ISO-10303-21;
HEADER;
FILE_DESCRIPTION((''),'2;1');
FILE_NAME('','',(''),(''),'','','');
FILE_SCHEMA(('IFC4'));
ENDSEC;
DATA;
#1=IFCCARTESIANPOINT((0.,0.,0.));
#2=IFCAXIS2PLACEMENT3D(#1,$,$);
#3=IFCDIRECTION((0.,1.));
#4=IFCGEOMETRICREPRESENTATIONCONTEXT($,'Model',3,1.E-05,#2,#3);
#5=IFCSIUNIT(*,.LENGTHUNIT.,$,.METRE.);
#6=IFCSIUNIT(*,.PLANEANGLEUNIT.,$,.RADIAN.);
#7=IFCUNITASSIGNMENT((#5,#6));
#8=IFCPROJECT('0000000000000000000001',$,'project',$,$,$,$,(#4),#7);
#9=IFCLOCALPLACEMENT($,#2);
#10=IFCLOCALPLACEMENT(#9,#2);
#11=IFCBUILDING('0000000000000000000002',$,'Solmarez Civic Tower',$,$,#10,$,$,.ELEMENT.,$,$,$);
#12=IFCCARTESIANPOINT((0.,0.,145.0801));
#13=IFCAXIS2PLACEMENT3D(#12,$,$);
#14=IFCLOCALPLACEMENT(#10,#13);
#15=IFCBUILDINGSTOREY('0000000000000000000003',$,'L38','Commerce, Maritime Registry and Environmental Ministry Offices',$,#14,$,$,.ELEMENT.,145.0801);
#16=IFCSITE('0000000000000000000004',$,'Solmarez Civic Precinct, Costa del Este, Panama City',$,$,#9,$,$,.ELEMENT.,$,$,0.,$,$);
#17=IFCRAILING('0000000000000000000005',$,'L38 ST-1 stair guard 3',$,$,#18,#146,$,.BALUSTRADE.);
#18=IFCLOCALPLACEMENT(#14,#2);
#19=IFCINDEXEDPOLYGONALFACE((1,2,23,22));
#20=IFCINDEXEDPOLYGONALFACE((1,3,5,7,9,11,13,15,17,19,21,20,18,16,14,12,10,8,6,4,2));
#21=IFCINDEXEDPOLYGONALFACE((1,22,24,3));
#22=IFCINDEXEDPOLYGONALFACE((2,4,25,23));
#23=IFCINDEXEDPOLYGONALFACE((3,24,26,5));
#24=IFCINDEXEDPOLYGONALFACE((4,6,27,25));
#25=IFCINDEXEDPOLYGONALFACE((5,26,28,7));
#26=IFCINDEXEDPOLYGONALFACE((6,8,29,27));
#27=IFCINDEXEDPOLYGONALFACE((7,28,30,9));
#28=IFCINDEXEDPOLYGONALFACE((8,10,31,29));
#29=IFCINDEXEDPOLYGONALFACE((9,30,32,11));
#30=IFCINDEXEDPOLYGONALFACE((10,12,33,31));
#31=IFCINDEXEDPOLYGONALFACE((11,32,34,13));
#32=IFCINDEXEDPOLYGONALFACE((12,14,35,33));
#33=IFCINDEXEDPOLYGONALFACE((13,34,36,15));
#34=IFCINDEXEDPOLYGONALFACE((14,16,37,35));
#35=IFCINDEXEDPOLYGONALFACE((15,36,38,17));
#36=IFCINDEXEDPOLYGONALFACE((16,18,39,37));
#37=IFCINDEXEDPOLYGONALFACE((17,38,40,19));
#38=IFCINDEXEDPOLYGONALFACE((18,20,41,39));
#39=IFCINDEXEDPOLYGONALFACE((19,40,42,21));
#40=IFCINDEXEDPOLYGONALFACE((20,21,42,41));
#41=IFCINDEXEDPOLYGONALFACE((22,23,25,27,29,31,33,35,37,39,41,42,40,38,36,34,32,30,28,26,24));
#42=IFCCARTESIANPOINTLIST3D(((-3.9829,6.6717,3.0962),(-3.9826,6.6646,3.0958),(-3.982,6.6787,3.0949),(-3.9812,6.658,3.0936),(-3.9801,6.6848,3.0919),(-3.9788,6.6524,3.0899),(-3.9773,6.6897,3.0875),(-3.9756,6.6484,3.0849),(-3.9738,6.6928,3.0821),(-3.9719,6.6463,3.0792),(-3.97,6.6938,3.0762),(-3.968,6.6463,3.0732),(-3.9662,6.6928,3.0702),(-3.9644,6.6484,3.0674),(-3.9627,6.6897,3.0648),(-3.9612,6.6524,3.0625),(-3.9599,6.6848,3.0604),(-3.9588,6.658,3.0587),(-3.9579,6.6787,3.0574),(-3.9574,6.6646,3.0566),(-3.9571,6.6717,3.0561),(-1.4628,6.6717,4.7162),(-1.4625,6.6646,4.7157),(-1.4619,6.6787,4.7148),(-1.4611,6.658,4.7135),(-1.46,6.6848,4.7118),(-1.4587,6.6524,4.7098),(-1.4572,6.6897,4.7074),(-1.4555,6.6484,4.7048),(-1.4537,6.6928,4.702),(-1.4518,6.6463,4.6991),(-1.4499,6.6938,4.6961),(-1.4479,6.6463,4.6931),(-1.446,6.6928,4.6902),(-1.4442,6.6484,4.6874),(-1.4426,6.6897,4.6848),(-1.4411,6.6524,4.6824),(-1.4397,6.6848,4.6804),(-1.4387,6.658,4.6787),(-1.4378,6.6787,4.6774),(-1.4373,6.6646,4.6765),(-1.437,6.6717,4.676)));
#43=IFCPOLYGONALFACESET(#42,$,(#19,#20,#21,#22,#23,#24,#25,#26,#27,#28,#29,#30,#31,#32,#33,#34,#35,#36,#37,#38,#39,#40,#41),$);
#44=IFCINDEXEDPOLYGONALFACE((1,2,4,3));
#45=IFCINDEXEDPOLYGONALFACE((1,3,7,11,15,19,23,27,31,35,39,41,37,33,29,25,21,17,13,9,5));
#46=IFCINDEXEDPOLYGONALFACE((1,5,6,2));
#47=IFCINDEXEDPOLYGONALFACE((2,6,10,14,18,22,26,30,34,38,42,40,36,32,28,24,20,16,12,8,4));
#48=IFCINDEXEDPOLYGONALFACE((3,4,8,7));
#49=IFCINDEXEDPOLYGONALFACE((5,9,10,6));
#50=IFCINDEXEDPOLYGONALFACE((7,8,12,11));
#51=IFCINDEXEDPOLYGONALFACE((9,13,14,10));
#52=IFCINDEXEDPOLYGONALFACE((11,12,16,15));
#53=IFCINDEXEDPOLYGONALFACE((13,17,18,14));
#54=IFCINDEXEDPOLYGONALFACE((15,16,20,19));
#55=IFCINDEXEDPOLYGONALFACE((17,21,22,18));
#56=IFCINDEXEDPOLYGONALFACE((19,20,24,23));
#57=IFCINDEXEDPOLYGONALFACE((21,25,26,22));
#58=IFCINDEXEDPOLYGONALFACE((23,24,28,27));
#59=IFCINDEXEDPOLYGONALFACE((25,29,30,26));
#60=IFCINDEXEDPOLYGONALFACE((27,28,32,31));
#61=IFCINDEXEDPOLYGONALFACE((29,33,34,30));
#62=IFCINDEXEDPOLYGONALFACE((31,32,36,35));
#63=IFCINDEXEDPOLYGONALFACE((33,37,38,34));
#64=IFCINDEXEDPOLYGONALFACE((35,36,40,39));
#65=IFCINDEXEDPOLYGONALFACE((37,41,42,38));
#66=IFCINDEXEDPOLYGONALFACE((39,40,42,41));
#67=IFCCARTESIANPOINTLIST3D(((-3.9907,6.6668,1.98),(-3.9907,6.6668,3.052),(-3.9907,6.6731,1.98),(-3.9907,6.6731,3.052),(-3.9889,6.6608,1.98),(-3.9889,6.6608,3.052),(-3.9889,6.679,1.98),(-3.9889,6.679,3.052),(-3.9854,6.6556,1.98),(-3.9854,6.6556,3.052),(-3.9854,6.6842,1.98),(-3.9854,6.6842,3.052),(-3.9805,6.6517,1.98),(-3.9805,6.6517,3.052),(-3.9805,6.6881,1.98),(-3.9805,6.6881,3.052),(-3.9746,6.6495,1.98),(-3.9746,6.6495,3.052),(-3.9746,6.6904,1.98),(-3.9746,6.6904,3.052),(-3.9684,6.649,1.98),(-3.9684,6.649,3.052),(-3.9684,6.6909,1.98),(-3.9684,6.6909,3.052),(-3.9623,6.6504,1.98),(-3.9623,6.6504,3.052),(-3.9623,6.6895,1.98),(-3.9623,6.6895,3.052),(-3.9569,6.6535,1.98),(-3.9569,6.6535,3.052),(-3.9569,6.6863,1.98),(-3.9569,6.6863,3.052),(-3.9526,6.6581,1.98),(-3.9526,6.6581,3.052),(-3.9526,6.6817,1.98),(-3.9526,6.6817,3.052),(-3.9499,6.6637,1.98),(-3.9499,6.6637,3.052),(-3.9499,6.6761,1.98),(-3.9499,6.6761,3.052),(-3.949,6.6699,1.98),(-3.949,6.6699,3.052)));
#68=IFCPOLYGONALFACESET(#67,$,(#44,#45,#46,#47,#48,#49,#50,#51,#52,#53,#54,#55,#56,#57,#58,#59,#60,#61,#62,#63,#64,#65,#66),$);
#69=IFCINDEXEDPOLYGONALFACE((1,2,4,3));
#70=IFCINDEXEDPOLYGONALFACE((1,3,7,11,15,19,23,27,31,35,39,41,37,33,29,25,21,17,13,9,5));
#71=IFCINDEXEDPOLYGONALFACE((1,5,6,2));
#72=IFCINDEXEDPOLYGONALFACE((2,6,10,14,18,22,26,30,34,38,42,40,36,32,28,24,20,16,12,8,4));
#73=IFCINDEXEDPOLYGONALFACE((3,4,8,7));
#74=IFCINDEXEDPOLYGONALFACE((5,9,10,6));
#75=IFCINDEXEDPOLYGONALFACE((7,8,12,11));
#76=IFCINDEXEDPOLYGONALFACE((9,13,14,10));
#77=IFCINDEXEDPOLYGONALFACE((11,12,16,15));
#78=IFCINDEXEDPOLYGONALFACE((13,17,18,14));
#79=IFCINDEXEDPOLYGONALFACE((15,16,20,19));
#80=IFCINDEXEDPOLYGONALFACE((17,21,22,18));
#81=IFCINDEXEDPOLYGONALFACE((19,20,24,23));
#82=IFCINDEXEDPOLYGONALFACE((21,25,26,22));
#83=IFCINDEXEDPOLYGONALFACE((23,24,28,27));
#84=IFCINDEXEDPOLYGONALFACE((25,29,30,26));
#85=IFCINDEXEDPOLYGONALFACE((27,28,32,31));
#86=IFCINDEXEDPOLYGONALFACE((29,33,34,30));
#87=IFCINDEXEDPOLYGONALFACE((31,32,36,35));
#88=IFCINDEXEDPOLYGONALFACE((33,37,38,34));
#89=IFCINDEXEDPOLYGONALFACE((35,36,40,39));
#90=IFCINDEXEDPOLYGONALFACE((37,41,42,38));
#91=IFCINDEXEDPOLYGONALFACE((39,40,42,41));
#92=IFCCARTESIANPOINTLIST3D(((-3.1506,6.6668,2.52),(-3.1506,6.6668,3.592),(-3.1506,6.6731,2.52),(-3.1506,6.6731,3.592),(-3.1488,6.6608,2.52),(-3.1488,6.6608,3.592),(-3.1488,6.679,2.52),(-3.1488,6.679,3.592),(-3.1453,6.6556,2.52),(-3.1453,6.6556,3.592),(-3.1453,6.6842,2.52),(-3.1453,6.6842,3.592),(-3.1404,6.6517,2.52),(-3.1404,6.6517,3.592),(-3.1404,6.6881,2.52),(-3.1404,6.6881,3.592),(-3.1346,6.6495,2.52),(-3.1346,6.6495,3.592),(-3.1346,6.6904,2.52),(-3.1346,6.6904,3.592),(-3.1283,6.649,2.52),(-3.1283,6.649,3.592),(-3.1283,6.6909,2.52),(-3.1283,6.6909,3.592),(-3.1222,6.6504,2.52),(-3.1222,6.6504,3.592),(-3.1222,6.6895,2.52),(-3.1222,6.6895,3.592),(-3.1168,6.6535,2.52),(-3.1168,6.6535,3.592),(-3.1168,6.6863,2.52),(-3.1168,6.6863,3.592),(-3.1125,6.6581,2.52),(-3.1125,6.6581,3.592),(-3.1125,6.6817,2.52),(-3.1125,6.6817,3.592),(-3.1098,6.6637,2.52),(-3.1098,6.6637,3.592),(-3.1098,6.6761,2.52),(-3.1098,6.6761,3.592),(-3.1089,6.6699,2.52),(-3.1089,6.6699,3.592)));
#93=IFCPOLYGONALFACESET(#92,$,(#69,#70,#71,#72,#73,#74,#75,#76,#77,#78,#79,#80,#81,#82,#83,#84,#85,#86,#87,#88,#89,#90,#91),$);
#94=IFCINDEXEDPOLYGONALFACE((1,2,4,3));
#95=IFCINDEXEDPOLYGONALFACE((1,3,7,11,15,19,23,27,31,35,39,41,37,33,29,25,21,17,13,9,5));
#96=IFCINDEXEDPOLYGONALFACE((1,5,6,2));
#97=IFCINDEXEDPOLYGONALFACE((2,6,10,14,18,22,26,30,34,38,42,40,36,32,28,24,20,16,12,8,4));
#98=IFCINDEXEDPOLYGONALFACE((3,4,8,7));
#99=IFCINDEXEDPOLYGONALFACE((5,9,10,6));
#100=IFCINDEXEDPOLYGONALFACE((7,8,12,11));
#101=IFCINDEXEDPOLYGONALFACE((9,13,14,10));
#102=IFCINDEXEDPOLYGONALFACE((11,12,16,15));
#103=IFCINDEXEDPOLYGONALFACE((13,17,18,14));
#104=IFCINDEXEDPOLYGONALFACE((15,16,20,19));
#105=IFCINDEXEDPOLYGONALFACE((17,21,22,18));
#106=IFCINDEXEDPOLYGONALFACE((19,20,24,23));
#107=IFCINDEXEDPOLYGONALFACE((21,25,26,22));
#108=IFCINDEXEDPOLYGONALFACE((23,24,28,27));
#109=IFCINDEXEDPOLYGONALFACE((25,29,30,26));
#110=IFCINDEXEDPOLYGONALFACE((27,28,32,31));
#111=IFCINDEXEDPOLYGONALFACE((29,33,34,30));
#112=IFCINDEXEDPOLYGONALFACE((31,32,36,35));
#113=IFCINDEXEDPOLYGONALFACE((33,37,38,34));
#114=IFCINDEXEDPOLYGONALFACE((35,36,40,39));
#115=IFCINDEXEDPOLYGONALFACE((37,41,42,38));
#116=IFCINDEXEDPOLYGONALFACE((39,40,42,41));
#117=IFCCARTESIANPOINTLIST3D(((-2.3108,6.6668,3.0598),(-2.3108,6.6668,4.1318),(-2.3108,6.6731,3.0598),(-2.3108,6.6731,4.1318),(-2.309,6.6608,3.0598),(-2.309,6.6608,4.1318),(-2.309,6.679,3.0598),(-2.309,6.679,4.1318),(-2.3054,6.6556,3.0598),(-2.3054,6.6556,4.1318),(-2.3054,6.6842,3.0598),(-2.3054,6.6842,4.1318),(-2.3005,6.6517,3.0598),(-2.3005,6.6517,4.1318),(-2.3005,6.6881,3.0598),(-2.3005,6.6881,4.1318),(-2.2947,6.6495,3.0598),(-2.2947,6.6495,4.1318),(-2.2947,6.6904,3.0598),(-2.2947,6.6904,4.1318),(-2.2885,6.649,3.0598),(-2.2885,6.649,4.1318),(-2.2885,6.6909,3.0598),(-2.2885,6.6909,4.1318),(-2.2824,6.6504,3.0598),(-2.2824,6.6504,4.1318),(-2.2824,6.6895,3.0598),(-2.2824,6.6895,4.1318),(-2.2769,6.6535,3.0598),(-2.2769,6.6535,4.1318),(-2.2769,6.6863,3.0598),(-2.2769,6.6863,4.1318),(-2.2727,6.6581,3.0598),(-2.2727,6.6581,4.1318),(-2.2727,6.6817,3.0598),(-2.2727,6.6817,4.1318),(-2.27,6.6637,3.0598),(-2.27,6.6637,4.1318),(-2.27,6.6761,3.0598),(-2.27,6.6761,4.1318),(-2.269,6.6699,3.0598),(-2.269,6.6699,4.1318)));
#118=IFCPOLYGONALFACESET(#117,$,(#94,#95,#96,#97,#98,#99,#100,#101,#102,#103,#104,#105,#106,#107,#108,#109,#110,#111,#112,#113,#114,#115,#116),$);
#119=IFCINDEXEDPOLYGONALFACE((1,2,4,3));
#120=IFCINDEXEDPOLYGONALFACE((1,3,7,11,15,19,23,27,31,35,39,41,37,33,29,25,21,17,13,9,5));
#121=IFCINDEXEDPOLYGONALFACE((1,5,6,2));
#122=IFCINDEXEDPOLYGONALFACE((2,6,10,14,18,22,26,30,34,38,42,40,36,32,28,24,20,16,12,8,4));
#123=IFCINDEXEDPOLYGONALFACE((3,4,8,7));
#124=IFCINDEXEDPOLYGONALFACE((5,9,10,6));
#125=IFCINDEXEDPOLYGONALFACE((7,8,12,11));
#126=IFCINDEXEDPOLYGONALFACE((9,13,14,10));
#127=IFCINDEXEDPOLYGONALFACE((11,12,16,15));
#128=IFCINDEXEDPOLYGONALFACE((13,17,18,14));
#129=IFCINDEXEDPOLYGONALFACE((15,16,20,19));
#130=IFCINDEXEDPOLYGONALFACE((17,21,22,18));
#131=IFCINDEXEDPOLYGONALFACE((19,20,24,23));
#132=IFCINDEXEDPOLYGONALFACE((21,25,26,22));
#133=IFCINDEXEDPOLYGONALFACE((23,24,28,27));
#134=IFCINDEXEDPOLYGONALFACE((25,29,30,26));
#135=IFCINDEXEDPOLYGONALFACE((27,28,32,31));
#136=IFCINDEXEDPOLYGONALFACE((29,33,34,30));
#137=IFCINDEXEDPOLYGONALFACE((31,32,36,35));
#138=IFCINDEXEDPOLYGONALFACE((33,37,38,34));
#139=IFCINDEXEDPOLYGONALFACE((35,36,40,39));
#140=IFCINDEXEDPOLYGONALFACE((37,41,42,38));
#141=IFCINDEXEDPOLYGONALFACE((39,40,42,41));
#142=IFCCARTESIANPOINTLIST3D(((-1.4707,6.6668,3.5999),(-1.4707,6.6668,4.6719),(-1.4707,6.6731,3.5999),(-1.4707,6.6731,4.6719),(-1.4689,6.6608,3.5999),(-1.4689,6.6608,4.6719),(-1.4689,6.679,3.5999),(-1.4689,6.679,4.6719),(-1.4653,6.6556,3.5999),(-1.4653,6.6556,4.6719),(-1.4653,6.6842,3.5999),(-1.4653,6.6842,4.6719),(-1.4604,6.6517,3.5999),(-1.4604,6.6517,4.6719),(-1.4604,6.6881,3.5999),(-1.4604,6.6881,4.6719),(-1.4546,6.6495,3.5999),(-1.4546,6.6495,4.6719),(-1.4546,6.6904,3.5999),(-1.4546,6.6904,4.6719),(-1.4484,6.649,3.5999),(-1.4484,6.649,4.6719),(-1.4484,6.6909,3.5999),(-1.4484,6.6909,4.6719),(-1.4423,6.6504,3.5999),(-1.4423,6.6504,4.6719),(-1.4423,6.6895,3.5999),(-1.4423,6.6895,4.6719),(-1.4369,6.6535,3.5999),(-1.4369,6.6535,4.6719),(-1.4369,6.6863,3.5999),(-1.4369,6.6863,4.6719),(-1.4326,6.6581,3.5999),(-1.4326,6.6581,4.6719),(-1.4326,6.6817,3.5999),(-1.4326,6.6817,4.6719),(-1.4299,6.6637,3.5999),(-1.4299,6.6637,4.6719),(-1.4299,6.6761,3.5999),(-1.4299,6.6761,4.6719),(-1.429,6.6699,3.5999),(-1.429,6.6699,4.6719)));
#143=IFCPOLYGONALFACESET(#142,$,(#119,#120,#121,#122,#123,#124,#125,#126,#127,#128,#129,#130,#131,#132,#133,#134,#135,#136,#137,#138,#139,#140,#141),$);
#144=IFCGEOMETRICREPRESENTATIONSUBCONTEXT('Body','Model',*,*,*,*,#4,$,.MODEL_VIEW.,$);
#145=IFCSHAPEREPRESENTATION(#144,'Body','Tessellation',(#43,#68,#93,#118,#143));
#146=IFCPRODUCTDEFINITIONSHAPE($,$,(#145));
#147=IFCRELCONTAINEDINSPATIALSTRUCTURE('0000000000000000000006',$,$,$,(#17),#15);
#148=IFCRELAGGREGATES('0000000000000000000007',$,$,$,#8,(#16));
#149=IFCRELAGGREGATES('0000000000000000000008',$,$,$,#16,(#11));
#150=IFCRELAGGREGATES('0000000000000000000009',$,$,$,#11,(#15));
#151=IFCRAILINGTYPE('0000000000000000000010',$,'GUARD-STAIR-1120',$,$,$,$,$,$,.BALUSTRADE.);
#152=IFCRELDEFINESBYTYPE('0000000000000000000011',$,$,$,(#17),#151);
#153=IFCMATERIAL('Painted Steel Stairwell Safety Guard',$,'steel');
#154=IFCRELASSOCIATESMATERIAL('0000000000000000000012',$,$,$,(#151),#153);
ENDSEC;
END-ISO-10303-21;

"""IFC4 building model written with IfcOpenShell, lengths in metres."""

from ifc_helpers import new_model, si_unit, direction, frame, origin, origin_2d, place, context, subcontext, project, spatial, circle, extrude, material, type_object, element, save


model = new_model("IFC4")

# Units and contexts
model_context = context("Model", 3, precision=1e-05, world=origin(), true_north=direction((0.0, 1.0)))
body_context = subcontext(model_context, "Body", "Model", "MODEL_VIEW")
ifc_project = project(units=[si_unit("LENGTHUNIT", "METRE"), si_unit("PLANEANGLEUNIT", "RADIAN")], contexts=[model_context])

# Site, building, storey
site_placement = place(None, origin())
site = spatial("IfcSite", under=ifc_project, at=site_placement, Name="Solmarez Civic Precinct, Costa del Este, Panama City", CompositionType="ELEMENT", RefElevation=0.0)
building_placement = place(site_placement, origin())
building = spatial("IfcBuilding", under=site, at=building_placement, Name="Solmarez Civic Tower", CompositionType="ELEMENT")
storey_placement = place(building_placement, frame((0.0, 0.0, 145.0801)))
storey = spatial("IfcBuildingStorey", under=building, at=storey_placement, Name="L38", Description="Commerce, Maritime Registry and Environmental Ministry Offices", CompositionType="ELEMENT", Elevation=145.0801)

# Railing
ifc_material_1 = material(Name="Painted Steel Stairwell Safety Guard", Category="steel")
railing_type_1 = type_object("IfcRailingType", Name="GUARD-STAIR-1120", PredefinedType="BALUSTRADE", material=ifc_material_1)
railing_1_placement = place(storey_placement, frame((-3.97, 6.6699, 1.98)))
element("IfcRailing", 1, at=railing_1_placement, inside=storey, type_object=railing_type_1, Name="L38 ST-1 stair guard 3", PredefinedType="BALUSTRADE", context=body_context, shape_type="SweptSolid", body=[
    extrude(circle(Radius=0.0239, at=origin_2d()), frame((0.0, 0.0, 1.0962), z_axis=(0.8412, 0.0, 0.540725), x_axis=(0.0, 1.0, 0.0)), (0.0, 0.0, 1.0), 2.9958),
    extrude(circle(Radius=0.021, at=origin_2d()), origin(), (0.0, 0.0, 1.0), 1.072),
    extrude(circle(Radius=0.021, at=origin_2d()), frame((0.8401, 0.0, 0.54)), (0.0, 0.0, 1.0), 1.072),
    extrude(circle(Radius=0.021, at=origin_2d()), frame((1.6799, 0.0, 1.0798)), (0.0, 0.0, 1.0), 1.072),
    extrude(circle(Radius=0.021, at=origin_2d()), frame((2.52, 0.0, 1.6199)), (0.0, 0.0, 1.0), 1.072),
])

save(model, "model.ifc")
